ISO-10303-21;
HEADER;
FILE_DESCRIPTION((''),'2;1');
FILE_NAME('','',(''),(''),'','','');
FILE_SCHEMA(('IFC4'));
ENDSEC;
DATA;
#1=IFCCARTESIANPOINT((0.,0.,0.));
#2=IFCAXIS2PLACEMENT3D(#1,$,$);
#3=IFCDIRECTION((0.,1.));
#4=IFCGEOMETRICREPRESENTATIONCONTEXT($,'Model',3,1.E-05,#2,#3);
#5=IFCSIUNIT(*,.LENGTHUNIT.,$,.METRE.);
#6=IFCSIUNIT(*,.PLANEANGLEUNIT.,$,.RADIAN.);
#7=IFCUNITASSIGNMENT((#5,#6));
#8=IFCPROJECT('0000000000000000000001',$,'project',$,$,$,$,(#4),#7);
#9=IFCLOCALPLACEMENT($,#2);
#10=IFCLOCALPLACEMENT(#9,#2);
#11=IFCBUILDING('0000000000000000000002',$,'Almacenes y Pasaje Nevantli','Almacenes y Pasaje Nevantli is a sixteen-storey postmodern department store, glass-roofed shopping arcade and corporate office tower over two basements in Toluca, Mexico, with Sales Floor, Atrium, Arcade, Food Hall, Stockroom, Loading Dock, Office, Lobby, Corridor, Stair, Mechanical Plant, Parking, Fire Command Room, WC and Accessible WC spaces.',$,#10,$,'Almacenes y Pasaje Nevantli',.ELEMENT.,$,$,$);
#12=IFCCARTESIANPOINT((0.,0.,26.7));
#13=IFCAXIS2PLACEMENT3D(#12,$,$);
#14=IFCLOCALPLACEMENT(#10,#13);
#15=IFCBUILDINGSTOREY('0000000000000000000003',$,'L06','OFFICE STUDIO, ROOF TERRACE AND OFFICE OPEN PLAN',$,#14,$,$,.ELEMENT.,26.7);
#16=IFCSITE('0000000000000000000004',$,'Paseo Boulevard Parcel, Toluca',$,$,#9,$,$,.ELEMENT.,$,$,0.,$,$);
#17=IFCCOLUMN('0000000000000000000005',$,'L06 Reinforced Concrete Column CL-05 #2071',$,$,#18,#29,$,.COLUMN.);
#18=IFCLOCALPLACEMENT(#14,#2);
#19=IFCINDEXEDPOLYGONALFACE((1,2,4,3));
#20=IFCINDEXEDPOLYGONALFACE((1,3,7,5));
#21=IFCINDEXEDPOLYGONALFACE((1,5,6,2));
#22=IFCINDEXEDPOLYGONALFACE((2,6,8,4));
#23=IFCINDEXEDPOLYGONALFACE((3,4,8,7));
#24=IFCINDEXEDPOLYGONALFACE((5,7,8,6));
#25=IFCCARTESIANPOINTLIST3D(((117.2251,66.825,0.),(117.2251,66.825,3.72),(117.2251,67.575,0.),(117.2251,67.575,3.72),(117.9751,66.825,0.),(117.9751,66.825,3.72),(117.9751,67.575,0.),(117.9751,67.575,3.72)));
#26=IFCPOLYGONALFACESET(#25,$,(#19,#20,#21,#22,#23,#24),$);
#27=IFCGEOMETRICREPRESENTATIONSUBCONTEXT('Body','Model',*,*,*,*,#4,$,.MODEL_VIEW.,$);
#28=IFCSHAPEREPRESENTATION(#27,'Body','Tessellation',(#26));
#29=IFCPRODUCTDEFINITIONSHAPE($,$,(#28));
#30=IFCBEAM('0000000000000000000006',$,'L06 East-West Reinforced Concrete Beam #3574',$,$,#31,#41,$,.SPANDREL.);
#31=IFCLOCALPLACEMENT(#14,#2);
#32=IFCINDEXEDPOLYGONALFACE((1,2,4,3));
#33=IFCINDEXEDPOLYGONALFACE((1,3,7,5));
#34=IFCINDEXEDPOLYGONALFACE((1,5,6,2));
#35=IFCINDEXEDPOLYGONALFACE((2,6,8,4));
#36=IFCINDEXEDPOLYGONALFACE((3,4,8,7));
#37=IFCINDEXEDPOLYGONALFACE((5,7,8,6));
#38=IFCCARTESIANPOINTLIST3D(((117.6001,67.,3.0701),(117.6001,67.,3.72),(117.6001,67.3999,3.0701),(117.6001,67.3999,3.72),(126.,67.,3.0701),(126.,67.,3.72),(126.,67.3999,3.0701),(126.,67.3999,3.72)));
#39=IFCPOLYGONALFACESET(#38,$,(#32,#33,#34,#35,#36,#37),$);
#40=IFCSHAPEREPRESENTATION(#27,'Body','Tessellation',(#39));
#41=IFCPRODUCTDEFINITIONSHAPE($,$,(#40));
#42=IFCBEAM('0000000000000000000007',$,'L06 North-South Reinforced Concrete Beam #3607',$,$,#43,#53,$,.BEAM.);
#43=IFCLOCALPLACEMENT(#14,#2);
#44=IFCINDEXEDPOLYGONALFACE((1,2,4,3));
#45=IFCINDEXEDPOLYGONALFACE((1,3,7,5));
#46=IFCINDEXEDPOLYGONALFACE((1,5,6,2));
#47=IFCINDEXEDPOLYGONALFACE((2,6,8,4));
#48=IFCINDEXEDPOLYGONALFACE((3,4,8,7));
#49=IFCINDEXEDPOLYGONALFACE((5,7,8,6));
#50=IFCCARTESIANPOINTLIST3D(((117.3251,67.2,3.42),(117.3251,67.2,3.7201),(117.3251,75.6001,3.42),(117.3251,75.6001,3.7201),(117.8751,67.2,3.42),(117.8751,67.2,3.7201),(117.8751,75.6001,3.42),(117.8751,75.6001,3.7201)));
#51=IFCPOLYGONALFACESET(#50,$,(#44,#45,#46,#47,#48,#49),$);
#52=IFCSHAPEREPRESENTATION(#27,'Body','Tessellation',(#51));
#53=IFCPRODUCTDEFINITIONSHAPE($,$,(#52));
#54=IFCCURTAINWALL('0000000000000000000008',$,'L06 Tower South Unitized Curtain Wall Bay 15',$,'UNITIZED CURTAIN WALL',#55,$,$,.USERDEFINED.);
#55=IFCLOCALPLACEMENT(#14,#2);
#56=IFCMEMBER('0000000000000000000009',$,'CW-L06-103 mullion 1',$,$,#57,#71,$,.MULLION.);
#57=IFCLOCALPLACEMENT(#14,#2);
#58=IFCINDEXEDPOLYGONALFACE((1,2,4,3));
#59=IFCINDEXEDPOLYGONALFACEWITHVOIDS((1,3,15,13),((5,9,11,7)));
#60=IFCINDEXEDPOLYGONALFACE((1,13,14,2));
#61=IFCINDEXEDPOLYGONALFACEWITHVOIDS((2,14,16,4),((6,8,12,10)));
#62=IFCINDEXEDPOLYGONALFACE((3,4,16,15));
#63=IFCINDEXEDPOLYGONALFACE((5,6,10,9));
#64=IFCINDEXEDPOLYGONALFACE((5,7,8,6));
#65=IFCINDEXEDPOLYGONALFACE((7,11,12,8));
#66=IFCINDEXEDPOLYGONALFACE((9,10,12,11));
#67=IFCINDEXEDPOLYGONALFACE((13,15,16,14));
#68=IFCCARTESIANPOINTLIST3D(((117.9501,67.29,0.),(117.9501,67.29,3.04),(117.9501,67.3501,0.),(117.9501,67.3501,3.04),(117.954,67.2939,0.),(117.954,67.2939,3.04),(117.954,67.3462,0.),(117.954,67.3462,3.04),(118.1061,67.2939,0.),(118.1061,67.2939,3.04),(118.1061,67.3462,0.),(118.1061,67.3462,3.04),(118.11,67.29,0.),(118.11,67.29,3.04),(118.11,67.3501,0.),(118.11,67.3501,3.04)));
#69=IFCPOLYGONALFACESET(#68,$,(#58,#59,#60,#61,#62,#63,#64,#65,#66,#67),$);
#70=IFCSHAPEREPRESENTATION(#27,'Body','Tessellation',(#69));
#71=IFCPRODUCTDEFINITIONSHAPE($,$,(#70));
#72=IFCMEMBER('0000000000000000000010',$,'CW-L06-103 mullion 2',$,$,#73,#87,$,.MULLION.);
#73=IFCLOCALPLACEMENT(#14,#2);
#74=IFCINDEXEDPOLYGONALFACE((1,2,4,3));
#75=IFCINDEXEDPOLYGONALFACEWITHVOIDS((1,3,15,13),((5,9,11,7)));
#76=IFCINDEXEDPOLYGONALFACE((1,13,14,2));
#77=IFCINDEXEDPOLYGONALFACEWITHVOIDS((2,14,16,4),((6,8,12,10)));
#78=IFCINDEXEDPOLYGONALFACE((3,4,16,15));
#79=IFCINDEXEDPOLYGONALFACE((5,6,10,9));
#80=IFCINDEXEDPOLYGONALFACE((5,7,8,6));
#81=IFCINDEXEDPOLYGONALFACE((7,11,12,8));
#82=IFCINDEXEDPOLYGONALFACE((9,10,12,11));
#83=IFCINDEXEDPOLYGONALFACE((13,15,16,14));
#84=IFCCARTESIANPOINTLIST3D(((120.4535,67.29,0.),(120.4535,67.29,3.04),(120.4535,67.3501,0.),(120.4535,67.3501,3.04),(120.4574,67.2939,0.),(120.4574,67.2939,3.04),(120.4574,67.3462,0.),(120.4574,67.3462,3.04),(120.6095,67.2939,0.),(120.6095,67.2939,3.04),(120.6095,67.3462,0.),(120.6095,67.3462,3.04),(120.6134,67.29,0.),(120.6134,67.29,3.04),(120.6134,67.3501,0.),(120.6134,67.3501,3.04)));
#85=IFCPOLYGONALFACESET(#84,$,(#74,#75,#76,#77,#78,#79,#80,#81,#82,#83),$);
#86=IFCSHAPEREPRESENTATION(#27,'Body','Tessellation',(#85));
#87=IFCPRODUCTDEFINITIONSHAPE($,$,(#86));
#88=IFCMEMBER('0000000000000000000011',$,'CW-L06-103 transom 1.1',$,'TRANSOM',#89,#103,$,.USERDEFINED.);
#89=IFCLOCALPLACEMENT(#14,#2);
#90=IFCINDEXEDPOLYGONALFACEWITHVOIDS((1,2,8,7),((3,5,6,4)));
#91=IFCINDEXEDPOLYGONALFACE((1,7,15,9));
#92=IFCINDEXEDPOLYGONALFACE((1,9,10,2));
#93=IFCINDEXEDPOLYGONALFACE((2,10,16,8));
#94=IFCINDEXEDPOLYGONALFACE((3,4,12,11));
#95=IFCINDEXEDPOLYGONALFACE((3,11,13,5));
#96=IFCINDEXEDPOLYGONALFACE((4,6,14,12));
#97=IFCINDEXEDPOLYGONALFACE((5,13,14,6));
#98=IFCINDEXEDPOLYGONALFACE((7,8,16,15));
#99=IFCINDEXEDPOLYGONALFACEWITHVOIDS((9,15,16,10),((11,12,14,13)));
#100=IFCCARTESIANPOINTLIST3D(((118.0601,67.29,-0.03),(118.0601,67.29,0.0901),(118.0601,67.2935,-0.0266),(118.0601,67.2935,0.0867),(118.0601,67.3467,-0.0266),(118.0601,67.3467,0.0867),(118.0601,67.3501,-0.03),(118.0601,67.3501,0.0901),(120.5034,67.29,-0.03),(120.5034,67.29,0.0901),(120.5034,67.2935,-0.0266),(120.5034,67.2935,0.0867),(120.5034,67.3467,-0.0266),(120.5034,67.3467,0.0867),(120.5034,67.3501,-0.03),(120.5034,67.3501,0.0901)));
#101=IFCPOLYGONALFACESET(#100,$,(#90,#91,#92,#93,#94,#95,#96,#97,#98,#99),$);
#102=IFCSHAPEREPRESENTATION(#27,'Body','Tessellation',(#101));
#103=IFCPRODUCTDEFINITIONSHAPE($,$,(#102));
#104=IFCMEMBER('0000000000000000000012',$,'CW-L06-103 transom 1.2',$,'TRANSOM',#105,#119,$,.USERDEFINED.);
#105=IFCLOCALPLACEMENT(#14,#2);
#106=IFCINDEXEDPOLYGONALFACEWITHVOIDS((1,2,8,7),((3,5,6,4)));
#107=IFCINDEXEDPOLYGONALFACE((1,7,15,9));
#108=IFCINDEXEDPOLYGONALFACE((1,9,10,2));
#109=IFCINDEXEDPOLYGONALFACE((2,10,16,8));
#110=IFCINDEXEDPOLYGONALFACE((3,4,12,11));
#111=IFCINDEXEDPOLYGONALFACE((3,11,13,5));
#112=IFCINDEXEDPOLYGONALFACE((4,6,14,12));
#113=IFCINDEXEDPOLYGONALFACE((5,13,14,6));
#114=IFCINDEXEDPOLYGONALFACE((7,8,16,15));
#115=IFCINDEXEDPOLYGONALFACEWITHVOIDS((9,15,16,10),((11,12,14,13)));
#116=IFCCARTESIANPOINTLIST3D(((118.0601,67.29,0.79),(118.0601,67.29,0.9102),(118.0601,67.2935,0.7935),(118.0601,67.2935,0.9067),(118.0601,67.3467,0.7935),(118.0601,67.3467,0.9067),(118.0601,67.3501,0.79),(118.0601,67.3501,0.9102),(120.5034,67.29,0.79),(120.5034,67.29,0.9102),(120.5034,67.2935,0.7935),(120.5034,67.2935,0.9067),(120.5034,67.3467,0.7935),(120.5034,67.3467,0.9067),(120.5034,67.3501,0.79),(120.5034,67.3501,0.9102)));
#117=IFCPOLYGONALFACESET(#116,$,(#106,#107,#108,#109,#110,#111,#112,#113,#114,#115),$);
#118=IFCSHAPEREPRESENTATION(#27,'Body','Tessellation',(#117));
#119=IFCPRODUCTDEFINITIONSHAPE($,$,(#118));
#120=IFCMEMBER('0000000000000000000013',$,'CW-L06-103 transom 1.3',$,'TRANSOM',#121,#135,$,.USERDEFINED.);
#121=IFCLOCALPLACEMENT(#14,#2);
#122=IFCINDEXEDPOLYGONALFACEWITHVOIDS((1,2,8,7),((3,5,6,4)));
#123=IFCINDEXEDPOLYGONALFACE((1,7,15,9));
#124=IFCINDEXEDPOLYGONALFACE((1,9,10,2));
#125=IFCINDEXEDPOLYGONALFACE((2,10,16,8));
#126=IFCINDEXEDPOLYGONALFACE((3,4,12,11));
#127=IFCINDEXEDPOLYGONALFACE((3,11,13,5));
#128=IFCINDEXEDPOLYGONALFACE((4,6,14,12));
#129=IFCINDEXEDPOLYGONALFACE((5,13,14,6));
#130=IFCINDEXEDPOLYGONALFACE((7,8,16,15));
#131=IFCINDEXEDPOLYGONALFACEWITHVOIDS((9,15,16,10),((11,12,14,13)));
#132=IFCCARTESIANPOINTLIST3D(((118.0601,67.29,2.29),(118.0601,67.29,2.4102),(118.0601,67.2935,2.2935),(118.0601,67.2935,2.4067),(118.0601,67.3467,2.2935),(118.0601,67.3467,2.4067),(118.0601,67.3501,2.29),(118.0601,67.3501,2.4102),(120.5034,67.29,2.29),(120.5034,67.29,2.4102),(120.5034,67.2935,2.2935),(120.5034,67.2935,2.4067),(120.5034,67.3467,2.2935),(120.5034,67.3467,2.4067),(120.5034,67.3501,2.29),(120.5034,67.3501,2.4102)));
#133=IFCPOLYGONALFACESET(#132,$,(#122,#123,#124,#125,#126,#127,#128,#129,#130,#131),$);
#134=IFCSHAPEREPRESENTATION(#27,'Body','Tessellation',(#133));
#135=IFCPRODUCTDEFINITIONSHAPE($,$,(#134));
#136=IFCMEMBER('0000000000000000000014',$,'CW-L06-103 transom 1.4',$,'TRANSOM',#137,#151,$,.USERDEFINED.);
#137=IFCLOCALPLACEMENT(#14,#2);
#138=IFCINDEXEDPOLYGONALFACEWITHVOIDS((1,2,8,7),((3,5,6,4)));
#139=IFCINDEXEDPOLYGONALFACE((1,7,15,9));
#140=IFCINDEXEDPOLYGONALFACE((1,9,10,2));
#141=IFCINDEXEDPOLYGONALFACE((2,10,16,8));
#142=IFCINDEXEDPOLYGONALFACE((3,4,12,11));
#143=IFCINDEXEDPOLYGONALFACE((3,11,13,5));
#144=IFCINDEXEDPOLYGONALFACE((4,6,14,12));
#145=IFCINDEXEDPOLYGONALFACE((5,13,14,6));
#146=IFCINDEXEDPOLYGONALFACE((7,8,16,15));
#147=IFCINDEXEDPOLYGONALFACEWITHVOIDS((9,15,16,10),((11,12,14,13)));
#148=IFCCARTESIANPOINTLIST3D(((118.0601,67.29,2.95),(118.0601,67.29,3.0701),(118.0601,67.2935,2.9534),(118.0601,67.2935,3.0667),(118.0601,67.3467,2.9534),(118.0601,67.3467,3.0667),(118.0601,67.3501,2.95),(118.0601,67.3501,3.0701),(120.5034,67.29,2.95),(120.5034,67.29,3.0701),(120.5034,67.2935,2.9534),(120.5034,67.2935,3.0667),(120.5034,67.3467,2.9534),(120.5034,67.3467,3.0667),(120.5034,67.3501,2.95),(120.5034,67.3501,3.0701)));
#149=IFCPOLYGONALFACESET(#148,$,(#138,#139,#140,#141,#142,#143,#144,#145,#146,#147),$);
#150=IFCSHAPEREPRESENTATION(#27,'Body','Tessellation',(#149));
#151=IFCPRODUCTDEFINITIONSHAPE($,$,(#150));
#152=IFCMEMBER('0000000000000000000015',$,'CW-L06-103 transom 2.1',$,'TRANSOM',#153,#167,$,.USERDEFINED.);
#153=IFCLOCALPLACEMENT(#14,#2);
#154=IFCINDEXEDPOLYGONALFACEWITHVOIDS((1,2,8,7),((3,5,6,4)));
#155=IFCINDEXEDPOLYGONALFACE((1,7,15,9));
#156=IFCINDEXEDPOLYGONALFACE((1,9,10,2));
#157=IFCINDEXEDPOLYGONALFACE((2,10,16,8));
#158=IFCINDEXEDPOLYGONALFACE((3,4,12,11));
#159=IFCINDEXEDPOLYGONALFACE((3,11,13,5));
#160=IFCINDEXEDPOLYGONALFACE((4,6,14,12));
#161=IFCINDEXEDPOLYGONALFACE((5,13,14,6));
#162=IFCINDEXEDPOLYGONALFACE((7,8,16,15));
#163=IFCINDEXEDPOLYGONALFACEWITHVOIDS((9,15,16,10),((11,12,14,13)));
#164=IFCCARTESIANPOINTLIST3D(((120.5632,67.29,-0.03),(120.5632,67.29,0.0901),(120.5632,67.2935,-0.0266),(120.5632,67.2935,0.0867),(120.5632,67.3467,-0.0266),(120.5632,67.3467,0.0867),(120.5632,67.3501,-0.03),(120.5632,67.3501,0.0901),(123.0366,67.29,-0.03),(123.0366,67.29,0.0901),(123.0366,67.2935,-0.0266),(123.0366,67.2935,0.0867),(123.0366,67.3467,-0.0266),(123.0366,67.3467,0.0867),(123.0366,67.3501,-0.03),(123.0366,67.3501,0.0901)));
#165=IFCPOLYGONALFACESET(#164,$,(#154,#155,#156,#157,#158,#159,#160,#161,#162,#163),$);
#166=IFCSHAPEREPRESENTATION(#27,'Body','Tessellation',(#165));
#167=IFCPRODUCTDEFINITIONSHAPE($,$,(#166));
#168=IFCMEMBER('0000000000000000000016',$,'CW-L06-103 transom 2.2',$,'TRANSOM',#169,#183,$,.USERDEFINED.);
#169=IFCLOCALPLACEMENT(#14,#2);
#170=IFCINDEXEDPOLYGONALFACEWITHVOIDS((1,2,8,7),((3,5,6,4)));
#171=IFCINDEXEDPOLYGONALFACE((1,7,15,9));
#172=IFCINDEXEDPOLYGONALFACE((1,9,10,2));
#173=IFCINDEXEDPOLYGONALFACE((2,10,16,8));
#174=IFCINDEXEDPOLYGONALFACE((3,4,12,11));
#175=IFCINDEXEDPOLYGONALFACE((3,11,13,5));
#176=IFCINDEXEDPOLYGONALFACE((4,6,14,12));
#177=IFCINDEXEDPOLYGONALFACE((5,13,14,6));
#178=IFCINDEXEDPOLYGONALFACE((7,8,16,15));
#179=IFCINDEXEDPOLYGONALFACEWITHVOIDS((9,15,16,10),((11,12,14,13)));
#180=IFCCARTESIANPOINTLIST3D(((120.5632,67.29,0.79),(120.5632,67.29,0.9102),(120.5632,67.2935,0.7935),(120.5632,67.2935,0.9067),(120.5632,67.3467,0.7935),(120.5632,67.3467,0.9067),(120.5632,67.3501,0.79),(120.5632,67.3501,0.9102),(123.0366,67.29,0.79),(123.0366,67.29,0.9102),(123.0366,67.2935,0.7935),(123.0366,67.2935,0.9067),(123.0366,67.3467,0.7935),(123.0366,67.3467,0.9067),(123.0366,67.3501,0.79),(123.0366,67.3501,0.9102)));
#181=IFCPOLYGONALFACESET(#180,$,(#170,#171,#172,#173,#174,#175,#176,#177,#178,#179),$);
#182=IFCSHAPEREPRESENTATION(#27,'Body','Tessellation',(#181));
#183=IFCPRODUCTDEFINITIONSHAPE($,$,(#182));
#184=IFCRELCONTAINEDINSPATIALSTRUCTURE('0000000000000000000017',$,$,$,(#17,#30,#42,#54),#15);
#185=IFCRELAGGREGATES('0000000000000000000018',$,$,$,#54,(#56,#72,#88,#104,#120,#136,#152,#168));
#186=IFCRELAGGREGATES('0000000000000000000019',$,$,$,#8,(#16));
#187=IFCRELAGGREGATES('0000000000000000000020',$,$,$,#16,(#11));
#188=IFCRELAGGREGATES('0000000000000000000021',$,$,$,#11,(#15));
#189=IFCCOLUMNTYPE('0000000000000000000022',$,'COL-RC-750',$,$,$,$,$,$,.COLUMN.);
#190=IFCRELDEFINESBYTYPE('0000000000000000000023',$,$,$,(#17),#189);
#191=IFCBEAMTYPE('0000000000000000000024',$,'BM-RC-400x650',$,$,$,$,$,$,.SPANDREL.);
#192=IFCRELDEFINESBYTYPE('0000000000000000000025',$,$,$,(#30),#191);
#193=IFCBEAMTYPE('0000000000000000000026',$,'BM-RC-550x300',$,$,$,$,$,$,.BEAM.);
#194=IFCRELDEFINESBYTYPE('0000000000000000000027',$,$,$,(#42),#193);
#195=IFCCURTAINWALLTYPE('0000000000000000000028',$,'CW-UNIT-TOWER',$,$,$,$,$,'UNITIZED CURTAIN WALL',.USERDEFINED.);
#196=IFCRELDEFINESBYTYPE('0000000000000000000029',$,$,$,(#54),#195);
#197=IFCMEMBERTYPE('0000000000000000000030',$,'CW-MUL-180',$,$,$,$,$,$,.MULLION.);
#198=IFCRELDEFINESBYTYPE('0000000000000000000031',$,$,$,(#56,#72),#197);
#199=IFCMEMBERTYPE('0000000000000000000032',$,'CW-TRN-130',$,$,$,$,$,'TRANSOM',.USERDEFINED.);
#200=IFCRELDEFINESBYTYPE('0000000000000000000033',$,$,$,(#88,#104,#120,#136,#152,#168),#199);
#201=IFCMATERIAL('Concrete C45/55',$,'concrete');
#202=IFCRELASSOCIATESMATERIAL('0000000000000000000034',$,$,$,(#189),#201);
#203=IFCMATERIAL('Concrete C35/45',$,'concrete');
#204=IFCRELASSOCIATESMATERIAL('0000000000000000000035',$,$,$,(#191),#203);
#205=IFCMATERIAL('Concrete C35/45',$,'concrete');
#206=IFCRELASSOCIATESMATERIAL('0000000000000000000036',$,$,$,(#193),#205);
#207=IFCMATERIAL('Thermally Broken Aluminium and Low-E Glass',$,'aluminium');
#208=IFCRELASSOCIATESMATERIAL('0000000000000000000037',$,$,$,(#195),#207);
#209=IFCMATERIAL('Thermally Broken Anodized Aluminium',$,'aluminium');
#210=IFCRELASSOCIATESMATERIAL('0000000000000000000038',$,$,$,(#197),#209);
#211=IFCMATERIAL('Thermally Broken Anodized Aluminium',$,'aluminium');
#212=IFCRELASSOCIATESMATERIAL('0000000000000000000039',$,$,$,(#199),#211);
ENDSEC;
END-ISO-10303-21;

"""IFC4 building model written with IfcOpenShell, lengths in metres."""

from ifc_helpers import new_model, si_unit, direction, frame, origin, origin_2d, place, context, subcontext, project, spatial, rectangle, hollow_rectangle, extrude, material, material_profile, profile_set, type_object, element, aggregate, save


model = new_model("IFC4")

# Units and contexts
model_context = context("Model", 3, precision=1e-05, world=origin(), true_north=direction((0.0, 1.0)))
body_context = subcontext(model_context, "Body", "Model", "MODEL_VIEW")
ifc_project = project(units=[si_unit("LENGTHUNIT", "METRE"), si_unit("PLANEANGLEUNIT", "RADIAN")], contexts=[model_context])

# Site, building, storey
site_placement = place(None, origin())
site = spatial("IfcSite", under=ifc_project, at=site_placement, Name="Paseo Boulevard Parcel, Toluca", CompositionType="ELEMENT", RefElevation=0.0)
building_placement = place(site_placement, origin())
building = spatial("IfcBuilding", under=site, at=building_placement, Name="Almacenes y Pasaje Nevantli", Description="Almacenes y Pasaje Nevantli is a sixteen-storey postmodern department store, glass-roofed shopping arcade and corporate office tower over two basements in Toluca, Mexico, with Sales Floor, Atrium, Arcade, Food Hall, Stockroom, Loading Dock, Office, Lobby, Corridor, Stair, Mechanical Plant, Parking, Fire Command Room, WC and Accessible WC spaces.", LongName="Almacenes y Pasaje Nevantli", CompositionType="ELEMENT")
storey_placement = place(building_placement, frame((0.0, 0.0, 26.7)))
storey = spatial("IfcBuildingStorey", under=building, at=storey_placement, Name="L06", Description="OFFICE STUDIO, ROOF TERRACE AND OFFICE OPEN PLAN", CompositionType="ELEMENT", Elevation=26.7)

# Column
ifc_material_1 = material(Name="Concrete C45/55", Category="concrete")
ifc_material_profile_1 = material_profile(ifc_material_1, rectangle(XDim=0.75, YDim=0.75, at=origin_2d()), Name="RC-COL-750x750")
ifc_profile_set_1 = profile_set([ifc_material_profile_1], Name="Concrete C45/55")
column_type = type_object("IfcColumnType", Name="COL-RC-750", PredefinedType="COLUMN", material=ifc_profile_set_1)
column_placement = place(storey_placement, frame((117.6001, 67.2, 0.0), z_axis=(0.0, 0.0, 1.0), x_axis=(1.0, 0.0, 0.0)))
element("IfcColumn", 1, at=column_placement, inside=storey, type_object=column_type, Name="L06 Reinforced Concrete Column CL-05 #2071", PredefinedType="COLUMN", context=body_context, shape_type="SweptSolid", body=[
    extrude(rectangle(XDim=0.75, YDim=0.75, at=origin_2d()), origin(), (0.0, 0.0, 1.0), 3.72),
])

# Beams
ifc_material_2 = material(Name="Concrete C35/45", Category="concrete")
ifc_material_profile_2 = material_profile(ifc_material_2, rectangle(XDim=0.3999, YDim=0.6499, at=origin_2d()), Name="RC-BM-400x650")
ifc_profile_set_2 = profile_set([ifc_material_profile_2], Name="Concrete C35/45")
beam_type_1 = type_object("IfcBeamType", Name="BM-RC-400x650", PredefinedType="SPANDREL", material=ifc_profile_set_2)
beam_1_placement = place(storey_placement, frame((117.6001, 67.2, 3.395), z_axis=(1.0, 0.0, 0.0), x_axis=(0.0, 1.0, 0.0)))
element("IfcBeam", 2, at=beam_1_placement, inside=storey, type_object=beam_type_1, Name="L06 East-West Reinforced Concrete Beam #3574", PredefinedType="SPANDREL", context=body_context, shape_type="SweptSolid", body=[
    extrude(rectangle(XDim=0.3999, YDim=0.6499, at=origin_2d()), origin(), (0.0, 0.0, 1.0), 8.3999),
])
ifc_material_3 = material(Name="Concrete C35/45", Category="concrete")
ifc_material_profile_3 = material_profile(ifc_material_3, rectangle(XDim=0.55, YDim=0.3, at=origin_2d()), Name="RC-BM-550x300")
ifc_profile_set_3 = profile_set([ifc_material_profile_3], Name="Concrete C35/45")
beam_type_2 = type_object("IfcBeamType", Name="BM-RC-550x300", PredefinedType="BEAM", material=ifc_profile_set_3)
beam_2_placement = place(storey_placement, frame((117.6001, 67.2, 3.5701), z_axis=(0.0, 1.0, 0.0), x_axis=(-1.0, 0.0, 0.0)))
element("IfcBeam", 3, at=beam_2_placement, inside=storey, type_object=beam_type_2, Name="L06 North-South Reinforced Concrete Beam #3607", PredefinedType="BEAM", context=body_context, shape_type="SweptSolid", body=[
    extrude(rectangle(XDim=0.55, YDim=0.3, at=origin_2d()), origin(), (0.0, 0.0, 1.0), 8.4001),
])

# Curtain wall, members
ifc_material_4 = material(Name="Thermally Broken Aluminium and Low-E Glass", Category="aluminium")
curtain_wall_type = type_object("IfcCurtainWallType", Name="CW-UNIT-TOWER", ElementType="UNITIZED CURTAIN WALL", PredefinedType="USERDEFINED", material=ifc_material_4)
curtain_wall_placement = place(storey_placement, origin())
curtain_wall = element("IfcCurtainWall", 4, at=curtain_wall_placement, inside=storey, type_object=curtain_wall_type, Name="L06 Tower South Unitized Curtain Wall Bay 15", ObjectType="UNITIZED CURTAIN WALL", PredefinedType="USERDEFINED")
ifc_material_5 = material(Name="Thermally Broken Anodized Aluminium", Category="aluminium")
ifc_material_profile_4 = material_profile(ifc_material_5, hollow_rectangle(XDim=0.0601, YDim=0.1599, WallThickness=0.0039, at=origin_2d()), Name="ALU-MUL-60x160")
ifc_profile_set_4 = profile_set([ifc_material_profile_4], Name="Thermally Broken Anodized Aluminium")
member_type_1 = type_object("IfcMemberType", Name="CW-MUL-180", PredefinedType="MULLION", material=ifc_profile_set_4)
member_1_placement = place(storey_placement, frame((118.03, 67.3201, 0.0), z_axis=(0.0, 0.0, 1.0), x_axis=(0.0, 1.0, 0.0)))
member_1 = element("IfcMember", 5, at=member_1_placement, type_object=member_type_1, Name="CW-L06-103 mullion 1", PredefinedType="MULLION", context=body_context, shape_type="SweptSolid", body=[
    extrude(hollow_rectangle(XDim=0.0601, YDim=0.1599, WallThickness=0.0039, at=origin_2d()), origin(), (0.0, 0.0, 1.0), 3.04),
])
member_2_placement = place(storey_placement, frame((120.5334, 67.3201, 0.0), z_axis=(0.0, 0.0, 1.0), x_axis=(0.0, 1.0, 0.0)))
member_2 = element("IfcMember", 6, at=member_2_placement, type_object=member_type_1, Name="CW-L06-103 mullion 2", PredefinedType="MULLION", context=body_context, shape_type="SweptSolid", body=[
    extrude(hollow_rectangle(XDim=0.0601, YDim=0.1599, WallThickness=0.0039, at=origin_2d()), origin(), (0.0, 0.0, 1.0), 3.04),
])
ifc_material_6 = material(Name="Thermally Broken Anodized Aluminium", Category="aluminium")
ifc_material_profile_5 = material_profile(ifc_material_6, hollow_rectangle(XDim=0.0601, YDim=0.1201, WallThickness=0.0034, at=origin_2d()), Name="ALU-TRN-60x120")
ifc_profile_set_5 = profile_set([ifc_material_profile_5], Name="Thermally Broken Anodized Aluminium")
member_type_2 = type_object("IfcMemberType", Name="CW-TRN-130", ElementType="TRANSOM", PredefinedType="USERDEFINED", material=ifc_profile_set_5)
member_3_placement = place(storey_placement, frame((118.0601, 67.3201, 0.03), z_axis=(1.0, 0.0, 0.0), x_axis=(0.0, 1.0, 0.0)))
member_3 = element("IfcMember", 7, at=member_3_placement, type_object=member_type_2, Name="CW-L06-103 transom 1.1", ObjectType="TRANSOM", PredefinedType="USERDEFINED", context=body_context, shape_type="SweptSolid", body=[
    extrude(hollow_rectangle(XDim=0.0601, YDim=0.1201, WallThickness=0.0034, at=origin_2d()), origin(), (0.0, 0.0, 1.0), 2.4434),
])
member_4_placement = place(storey_placement, frame((118.0601, 67.3201, 0.8501), z_axis=(1.0, 0.0, 0.0), x_axis=(0.0, 1.0, 0.0)))
member_4 = element("IfcMember", 8, at=member_4_placement, type_object=member_type_2, Name="CW-L06-103 transom 1.2", ObjectType="TRANSOM", PredefinedType="USERDEFINED", context=body_context, shape_type="SweptSolid", body=[
    extrude(hollow_rectangle(XDim=0.0601, YDim=0.1201, WallThickness=0.0034, at=origin_2d()), origin(), (0.0, 0.0, 1.0), 2.4434),
])
member_5_placement = place(storey_placement, frame((118.0601, 67.3201, 2.3501), z_axis=(1.0, 0.0, 0.0), x_axis=(0.0, 1.0, 0.0)))
member_5 = element("IfcMember", 9, at=member_5_placement, type_object=member_type_2, Name="CW-L06-103 transom 1.3", ObjectType="TRANSOM", PredefinedType="USERDEFINED", context=body_context, shape_type="SweptSolid", body=[
    extrude(hollow_rectangle(XDim=0.0601, YDim=0.1201, WallThickness=0.0034, at=origin_2d()), origin(), (0.0, 0.0, 1.0), 2.4434),
])
member_6_placement = place(storey_placement, frame((118.0601, 67.3201, 3.01), z_axis=(1.0, 0.0, 0.0), x_axis=(0.0, 1.0, 0.0)))
member_6 = element("IfcMember", 10, at=member_6_placement, type_object=member_type_2, Name="CW-L06-103 transom 1.4", ObjectType="TRANSOM", PredefinedType="USERDEFINED", context=body_context, shape_type="SweptSolid", body=[
    extrude(hollow_rectangle(XDim=0.0601, YDim=0.1201, WallThickness=0.0034, at=origin_2d()), origin(), (0.0, 0.0, 1.0), 2.4434),
])
member_7_placement = place(storey_placement, frame((120.5632, 67.3201, 0.03), z_axis=(1.0, 0.0, 0.0), x_axis=(0.0, 1.0, 0.0)))
member_7 = element("IfcMember", 11, at=member_7_placement, type_object=member_type_2, Name="CW-L06-103 transom 2.1", ObjectType="TRANSOM", PredefinedType="USERDEFINED", context=body_context, shape_type="SweptSolid", body=[
    extrude(hollow_rectangle(XDim=0.0601, YDim=0.1201, WallThickness=0.0034, at=origin_2d()), origin(), (0.0, 0.0, 1.0), 2.4734),
])
member_8_placement = place(storey_placement, frame((120.5632, 67.3201, 0.8501), z_axis=(1.0, 0.0, 0.0), x_axis=(0.0, 1.0, 0.0)))
member_8 = element("IfcMember", 12, at=member_8_placement, type_object=member_type_2, Name="CW-L06-103 transom 2.2", ObjectType="TRANSOM", PredefinedType="USERDEFINED", context=body_context, shape_type="SweptSolid", body=[
    extrude(hollow_rectangle(XDim=0.0601, YDim=0.1201, WallThickness=0.0034, at=origin_2d()), origin(), (0.0, 0.0, 1.0), 2.4734),
])
aggregate(curtain_wall, [member_1, member_2, member_3, member_4, member_5, member_6, member_7, member_8])

save(model, "model.ifc")
